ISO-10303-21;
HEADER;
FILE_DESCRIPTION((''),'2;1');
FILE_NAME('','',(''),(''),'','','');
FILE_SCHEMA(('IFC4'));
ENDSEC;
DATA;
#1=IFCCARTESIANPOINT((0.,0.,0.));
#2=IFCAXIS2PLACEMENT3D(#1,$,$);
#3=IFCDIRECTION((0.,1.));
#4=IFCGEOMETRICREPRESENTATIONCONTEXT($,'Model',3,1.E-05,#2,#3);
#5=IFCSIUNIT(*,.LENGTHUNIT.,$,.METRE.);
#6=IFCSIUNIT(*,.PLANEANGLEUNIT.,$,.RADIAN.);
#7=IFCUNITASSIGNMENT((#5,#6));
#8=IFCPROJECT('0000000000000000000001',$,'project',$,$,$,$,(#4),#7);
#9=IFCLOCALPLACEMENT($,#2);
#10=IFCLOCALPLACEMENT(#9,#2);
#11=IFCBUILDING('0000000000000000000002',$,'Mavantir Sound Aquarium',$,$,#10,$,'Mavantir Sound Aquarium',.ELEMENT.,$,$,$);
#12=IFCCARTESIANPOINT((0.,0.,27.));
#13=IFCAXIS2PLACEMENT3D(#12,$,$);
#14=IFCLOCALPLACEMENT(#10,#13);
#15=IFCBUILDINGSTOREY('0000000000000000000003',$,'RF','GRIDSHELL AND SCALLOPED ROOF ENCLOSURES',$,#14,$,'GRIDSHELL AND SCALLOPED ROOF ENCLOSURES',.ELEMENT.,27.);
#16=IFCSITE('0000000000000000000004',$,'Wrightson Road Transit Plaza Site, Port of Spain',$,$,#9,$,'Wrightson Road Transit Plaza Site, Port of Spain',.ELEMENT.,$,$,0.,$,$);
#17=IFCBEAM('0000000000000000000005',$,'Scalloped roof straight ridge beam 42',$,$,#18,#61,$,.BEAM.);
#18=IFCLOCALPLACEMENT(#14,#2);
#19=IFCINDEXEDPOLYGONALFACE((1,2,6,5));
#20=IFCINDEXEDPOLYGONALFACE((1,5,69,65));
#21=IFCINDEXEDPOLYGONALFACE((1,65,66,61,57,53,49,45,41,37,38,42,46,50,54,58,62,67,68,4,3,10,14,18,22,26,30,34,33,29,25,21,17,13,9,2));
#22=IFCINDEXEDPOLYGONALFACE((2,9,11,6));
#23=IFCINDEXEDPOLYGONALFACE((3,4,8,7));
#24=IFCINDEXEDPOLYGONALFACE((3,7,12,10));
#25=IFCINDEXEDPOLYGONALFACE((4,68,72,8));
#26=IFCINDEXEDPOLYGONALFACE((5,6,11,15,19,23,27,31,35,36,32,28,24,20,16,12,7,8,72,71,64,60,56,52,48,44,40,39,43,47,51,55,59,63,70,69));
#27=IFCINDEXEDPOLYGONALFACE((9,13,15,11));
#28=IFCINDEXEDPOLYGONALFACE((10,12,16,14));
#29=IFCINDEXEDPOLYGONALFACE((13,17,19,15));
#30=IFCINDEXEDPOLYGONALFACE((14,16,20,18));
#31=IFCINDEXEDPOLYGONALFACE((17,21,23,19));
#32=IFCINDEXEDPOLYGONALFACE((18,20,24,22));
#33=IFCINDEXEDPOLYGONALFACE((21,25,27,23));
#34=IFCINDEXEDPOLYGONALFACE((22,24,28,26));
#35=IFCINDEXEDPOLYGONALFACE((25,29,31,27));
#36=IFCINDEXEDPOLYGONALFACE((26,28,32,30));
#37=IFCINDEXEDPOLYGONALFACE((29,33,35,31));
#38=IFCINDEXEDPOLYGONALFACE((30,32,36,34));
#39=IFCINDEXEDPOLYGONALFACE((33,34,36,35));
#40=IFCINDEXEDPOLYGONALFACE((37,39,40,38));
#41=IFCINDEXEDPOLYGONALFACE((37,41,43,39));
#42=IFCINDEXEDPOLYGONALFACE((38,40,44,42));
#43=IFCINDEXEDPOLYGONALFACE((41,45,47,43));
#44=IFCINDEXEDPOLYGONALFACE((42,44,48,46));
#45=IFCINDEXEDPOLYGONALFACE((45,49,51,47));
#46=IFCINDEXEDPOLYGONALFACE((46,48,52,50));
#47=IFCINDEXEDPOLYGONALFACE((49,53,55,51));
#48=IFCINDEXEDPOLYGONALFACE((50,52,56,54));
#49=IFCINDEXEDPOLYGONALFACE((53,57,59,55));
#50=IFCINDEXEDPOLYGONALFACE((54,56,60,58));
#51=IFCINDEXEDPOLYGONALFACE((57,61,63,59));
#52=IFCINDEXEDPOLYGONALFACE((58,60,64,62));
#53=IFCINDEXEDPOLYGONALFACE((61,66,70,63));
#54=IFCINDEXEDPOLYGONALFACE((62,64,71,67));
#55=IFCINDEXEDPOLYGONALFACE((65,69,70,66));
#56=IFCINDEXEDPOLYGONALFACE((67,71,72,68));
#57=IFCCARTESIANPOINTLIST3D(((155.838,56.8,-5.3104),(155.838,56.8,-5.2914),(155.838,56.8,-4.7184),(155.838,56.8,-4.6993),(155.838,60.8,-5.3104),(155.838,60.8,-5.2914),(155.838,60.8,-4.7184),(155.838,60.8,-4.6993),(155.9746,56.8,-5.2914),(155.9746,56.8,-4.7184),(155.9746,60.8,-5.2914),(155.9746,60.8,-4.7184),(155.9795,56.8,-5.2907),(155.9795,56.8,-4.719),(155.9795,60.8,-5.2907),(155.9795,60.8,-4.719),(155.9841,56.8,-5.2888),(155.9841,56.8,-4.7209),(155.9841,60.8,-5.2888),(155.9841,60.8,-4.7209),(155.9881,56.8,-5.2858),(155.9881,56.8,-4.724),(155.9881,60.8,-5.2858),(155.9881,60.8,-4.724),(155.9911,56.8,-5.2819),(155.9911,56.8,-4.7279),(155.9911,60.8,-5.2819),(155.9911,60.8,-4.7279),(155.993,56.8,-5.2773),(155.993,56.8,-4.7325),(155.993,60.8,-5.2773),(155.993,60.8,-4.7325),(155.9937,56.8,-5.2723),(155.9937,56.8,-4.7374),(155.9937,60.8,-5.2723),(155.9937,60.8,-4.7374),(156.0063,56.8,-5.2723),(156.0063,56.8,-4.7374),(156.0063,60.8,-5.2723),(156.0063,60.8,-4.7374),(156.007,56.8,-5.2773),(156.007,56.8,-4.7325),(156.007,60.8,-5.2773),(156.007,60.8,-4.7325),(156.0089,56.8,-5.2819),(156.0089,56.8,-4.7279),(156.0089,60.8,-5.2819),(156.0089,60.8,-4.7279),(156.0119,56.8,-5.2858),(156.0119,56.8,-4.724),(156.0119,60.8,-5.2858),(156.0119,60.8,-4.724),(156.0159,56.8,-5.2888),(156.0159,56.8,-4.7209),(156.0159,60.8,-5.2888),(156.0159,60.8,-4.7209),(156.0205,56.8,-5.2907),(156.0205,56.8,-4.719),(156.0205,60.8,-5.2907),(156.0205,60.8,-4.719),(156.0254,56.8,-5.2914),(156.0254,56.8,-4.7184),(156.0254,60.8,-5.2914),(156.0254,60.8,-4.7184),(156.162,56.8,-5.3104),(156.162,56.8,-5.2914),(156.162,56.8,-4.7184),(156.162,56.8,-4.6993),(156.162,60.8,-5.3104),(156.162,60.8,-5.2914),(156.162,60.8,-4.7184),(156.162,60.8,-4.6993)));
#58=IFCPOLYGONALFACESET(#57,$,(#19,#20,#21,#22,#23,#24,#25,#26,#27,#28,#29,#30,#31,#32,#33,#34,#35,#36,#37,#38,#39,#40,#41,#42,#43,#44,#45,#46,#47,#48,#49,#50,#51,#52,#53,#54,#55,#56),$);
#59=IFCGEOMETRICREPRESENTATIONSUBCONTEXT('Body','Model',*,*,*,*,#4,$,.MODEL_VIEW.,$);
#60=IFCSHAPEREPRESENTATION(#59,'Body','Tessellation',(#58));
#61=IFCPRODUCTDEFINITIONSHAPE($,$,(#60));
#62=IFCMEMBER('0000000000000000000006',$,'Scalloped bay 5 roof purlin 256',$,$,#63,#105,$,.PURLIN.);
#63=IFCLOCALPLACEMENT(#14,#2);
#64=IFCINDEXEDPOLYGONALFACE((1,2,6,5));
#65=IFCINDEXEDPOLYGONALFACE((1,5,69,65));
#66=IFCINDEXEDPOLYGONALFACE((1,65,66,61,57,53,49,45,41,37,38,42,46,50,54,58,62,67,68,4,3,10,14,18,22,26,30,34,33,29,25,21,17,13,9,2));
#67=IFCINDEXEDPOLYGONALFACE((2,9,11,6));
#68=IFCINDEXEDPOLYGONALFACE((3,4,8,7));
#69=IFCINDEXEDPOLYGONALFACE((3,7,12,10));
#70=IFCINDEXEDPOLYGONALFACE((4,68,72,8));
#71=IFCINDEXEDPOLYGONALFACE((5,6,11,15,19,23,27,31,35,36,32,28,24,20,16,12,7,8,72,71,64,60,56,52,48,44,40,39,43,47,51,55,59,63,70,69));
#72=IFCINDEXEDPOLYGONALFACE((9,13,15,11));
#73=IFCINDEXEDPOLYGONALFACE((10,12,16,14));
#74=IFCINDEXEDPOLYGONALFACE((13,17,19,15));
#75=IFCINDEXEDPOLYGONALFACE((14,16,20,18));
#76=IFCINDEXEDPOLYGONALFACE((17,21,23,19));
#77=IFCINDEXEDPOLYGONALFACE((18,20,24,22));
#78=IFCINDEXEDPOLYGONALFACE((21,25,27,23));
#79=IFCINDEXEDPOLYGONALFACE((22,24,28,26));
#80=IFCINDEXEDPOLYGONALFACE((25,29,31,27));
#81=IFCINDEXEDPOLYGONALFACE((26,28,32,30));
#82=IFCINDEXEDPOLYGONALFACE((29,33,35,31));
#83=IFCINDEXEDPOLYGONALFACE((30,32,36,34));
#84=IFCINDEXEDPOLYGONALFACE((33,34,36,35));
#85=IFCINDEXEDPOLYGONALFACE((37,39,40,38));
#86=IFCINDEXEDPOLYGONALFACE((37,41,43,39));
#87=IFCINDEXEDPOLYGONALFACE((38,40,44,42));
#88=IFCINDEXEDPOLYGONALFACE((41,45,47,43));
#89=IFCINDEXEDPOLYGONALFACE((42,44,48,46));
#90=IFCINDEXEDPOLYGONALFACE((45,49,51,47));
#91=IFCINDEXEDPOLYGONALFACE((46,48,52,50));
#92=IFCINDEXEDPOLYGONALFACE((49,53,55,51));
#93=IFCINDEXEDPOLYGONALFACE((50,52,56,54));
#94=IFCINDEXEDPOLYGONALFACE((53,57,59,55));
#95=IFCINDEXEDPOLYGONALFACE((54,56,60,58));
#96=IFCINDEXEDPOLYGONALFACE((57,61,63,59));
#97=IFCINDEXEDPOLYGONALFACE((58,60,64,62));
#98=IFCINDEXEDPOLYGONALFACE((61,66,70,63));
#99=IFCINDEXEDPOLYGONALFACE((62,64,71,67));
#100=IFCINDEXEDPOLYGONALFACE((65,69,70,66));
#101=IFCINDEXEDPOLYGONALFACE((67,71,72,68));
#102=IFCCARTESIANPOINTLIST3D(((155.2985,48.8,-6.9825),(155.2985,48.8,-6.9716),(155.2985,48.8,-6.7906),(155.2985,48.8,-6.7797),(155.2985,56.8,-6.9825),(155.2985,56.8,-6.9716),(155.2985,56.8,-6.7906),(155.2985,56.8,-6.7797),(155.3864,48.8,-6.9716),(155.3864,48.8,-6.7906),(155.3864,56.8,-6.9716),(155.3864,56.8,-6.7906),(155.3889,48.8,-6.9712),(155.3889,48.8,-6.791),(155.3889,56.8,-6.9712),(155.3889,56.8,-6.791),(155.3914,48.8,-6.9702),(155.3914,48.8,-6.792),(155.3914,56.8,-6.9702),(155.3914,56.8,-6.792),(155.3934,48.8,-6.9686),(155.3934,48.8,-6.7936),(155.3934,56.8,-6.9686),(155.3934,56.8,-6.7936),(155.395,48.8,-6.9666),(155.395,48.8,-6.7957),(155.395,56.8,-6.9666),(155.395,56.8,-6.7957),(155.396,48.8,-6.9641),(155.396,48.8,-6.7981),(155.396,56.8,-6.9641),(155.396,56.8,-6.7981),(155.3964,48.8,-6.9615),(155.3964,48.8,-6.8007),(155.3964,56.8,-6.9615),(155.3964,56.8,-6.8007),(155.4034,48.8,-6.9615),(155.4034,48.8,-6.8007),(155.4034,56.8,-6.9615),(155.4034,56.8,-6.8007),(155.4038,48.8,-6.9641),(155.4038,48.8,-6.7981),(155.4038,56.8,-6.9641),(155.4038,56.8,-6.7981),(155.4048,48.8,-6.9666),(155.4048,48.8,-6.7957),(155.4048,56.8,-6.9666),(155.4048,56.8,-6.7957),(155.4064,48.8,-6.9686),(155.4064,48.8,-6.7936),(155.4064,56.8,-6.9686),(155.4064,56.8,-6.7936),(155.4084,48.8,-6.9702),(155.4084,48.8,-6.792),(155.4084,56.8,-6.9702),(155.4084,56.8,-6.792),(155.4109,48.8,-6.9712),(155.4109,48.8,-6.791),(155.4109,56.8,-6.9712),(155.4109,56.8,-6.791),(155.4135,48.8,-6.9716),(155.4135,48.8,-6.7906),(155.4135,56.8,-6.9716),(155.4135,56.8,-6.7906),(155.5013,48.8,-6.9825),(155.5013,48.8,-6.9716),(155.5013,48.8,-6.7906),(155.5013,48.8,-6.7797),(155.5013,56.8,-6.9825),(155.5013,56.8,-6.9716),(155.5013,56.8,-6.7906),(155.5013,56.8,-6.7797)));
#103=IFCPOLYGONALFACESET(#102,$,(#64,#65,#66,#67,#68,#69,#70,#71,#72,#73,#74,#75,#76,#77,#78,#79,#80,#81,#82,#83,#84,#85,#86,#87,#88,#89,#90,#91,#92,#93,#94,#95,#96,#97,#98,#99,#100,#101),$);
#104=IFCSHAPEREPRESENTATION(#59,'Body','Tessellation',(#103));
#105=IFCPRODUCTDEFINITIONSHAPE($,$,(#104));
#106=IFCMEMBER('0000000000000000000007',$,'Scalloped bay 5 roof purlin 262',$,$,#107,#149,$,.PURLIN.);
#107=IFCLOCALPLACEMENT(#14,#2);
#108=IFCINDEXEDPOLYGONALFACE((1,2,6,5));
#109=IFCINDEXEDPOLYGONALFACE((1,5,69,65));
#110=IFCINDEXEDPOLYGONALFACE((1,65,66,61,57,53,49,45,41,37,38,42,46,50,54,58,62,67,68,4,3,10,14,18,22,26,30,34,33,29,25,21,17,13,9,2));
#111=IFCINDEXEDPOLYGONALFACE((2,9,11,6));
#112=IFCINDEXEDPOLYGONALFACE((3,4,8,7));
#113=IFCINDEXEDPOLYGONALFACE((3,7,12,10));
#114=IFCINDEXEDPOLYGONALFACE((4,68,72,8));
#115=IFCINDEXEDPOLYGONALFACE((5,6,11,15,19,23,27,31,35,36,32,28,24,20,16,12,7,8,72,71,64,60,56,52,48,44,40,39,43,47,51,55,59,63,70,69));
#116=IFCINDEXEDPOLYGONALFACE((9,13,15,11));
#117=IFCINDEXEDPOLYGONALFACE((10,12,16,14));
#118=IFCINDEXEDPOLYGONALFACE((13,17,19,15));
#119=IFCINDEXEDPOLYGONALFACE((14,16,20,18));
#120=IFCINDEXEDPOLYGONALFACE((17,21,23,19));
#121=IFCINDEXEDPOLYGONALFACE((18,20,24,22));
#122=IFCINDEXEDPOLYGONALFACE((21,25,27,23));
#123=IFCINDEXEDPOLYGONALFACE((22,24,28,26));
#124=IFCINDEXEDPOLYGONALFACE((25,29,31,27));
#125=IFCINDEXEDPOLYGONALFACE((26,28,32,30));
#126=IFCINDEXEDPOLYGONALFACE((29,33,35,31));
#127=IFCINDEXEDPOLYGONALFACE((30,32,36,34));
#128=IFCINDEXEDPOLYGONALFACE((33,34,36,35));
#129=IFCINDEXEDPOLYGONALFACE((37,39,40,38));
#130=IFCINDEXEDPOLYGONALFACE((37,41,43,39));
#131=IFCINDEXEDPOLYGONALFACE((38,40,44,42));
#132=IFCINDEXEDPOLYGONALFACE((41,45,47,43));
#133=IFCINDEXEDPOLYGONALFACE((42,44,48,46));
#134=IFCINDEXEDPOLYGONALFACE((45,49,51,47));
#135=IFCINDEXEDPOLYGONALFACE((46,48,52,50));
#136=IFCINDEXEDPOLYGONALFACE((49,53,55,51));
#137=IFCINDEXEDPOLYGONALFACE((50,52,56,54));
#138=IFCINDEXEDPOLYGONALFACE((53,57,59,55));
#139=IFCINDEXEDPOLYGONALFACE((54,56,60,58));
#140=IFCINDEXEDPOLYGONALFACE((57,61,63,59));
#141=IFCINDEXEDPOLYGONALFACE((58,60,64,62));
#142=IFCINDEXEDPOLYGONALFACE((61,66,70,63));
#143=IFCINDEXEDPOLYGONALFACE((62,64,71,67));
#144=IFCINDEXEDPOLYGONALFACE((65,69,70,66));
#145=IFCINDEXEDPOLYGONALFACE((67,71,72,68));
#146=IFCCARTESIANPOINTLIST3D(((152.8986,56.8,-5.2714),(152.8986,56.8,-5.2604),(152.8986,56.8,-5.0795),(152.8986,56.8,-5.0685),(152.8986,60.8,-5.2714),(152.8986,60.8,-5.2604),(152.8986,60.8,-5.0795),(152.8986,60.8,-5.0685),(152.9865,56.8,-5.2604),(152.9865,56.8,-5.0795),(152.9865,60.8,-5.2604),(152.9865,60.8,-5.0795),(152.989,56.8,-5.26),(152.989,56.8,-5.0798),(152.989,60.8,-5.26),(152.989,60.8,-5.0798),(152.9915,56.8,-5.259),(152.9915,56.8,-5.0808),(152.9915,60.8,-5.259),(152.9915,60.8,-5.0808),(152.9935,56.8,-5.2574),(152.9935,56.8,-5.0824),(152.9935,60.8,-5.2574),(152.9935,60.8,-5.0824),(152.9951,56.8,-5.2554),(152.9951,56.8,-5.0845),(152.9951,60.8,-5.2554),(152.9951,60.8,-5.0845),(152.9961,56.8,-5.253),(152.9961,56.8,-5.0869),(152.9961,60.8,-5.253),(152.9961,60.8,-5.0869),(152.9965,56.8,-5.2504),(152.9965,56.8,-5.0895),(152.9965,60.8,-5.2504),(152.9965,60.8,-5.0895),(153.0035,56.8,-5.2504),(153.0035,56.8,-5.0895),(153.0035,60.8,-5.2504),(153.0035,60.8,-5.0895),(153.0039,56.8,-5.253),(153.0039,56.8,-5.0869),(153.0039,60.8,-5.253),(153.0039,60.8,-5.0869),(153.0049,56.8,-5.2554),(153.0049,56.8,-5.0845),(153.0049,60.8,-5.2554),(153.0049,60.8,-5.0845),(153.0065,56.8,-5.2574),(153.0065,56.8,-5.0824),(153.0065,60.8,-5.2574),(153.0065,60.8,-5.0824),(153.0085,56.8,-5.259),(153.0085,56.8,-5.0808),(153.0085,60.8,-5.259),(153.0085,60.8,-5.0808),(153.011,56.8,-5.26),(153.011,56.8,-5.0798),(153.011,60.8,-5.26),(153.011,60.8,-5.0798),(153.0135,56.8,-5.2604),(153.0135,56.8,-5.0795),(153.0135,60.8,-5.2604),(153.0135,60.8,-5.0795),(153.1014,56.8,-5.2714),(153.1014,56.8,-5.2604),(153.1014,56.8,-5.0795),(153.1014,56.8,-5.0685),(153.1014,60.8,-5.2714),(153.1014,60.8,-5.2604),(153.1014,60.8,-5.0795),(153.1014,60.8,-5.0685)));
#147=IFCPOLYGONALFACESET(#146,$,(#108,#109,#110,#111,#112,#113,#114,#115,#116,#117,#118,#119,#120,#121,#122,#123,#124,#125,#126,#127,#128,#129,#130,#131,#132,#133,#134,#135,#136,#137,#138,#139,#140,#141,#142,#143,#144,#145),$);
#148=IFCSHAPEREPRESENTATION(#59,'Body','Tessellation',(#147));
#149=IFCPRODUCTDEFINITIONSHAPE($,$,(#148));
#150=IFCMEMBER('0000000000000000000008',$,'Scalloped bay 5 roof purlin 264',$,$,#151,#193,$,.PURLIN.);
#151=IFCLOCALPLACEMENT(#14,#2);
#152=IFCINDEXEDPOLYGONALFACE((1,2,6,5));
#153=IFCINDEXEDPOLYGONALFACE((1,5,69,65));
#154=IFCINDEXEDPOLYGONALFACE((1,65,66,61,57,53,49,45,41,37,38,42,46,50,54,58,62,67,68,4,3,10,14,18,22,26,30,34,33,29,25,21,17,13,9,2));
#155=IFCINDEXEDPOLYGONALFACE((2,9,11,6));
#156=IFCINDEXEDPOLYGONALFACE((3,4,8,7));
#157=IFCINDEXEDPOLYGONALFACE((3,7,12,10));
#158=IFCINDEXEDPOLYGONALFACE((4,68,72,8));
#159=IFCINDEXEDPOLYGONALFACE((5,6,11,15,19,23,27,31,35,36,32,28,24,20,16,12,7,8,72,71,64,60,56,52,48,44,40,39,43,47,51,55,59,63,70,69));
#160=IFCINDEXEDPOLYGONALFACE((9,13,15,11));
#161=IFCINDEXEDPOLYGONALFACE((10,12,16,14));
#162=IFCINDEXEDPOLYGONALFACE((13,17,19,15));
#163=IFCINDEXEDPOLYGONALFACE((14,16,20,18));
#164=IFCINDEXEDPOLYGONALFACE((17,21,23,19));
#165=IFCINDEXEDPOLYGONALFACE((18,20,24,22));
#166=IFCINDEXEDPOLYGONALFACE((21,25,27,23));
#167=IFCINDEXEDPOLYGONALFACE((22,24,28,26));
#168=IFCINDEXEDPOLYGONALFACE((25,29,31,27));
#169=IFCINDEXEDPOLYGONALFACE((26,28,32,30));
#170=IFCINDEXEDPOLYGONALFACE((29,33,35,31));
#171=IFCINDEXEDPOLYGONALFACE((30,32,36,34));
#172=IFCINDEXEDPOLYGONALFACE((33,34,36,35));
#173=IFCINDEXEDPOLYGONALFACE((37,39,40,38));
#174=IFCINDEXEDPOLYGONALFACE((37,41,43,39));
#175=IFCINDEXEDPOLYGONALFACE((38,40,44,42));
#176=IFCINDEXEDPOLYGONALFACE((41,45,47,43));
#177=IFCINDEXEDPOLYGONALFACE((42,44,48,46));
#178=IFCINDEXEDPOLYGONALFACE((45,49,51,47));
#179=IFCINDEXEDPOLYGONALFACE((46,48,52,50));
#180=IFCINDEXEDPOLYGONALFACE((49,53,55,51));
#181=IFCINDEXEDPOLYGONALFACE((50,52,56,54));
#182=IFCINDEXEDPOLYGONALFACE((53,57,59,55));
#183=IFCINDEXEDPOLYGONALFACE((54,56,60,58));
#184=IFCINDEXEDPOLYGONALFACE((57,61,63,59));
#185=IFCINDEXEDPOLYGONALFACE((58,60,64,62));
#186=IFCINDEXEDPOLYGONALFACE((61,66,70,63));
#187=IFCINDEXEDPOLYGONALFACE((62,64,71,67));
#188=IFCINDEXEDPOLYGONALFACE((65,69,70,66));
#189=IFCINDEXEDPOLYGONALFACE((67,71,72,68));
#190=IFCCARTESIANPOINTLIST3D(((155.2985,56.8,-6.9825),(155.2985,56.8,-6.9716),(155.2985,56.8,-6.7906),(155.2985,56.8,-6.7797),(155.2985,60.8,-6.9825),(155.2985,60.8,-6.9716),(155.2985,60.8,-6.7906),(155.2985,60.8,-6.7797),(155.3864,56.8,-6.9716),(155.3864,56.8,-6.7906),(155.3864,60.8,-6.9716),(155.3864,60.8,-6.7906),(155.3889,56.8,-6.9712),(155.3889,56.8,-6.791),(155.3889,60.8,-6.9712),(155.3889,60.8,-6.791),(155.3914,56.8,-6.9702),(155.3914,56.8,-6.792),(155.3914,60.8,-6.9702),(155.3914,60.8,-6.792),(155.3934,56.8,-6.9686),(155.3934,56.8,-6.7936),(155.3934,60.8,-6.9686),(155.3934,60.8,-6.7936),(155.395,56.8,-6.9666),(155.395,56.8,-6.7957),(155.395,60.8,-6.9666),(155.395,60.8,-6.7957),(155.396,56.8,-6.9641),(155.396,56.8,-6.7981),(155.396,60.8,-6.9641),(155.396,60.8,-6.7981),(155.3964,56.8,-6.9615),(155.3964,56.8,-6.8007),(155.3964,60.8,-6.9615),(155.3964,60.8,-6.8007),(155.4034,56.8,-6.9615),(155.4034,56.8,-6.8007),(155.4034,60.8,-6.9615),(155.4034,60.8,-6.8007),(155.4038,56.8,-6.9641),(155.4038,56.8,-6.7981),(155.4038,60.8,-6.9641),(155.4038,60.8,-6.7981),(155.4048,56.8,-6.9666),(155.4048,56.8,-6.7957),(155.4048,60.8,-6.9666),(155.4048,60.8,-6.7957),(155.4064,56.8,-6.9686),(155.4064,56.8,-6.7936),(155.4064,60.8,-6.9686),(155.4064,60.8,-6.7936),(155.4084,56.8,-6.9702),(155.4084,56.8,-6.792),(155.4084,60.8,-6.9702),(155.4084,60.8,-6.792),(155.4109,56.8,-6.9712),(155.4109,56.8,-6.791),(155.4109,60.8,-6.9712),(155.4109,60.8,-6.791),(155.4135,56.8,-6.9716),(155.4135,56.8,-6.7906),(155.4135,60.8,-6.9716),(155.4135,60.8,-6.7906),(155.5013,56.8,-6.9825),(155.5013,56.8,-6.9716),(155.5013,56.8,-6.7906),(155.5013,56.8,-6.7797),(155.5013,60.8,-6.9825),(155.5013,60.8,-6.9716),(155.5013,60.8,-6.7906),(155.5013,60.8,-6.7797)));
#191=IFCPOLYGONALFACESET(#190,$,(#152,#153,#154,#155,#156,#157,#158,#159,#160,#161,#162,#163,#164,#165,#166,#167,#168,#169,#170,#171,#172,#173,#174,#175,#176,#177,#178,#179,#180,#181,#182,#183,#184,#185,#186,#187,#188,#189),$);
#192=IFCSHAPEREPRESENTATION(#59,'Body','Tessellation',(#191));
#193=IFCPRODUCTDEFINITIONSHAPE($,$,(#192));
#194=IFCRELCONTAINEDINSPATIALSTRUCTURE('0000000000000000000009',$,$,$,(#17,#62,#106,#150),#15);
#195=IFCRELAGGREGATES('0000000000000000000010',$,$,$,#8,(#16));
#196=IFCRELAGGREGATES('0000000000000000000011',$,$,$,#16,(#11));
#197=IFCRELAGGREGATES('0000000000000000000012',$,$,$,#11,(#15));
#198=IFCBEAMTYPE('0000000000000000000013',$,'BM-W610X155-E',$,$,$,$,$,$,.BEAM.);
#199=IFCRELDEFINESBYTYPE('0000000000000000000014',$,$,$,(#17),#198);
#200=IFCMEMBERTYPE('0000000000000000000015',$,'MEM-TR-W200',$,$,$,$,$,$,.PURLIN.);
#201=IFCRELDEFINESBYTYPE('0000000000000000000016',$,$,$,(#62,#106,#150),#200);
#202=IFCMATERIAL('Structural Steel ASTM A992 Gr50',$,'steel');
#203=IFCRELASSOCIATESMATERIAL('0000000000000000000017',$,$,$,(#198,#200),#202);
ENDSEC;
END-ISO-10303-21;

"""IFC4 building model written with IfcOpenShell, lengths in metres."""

from ifc_helpers import new_model, si_unit, direction, frame, origin, origin_2d, place, context, subcontext, project, spatial, i_section, extrude, material, material_profile, profile_set, type_object, element, save


model = new_model("IFC4")

# Units and contexts
model_context = context("Model", 3, precision=1e-05, world=origin(), true_north=direction((0.0, 1.0)))
body_context = subcontext(model_context, "Body", "Model", "MODEL_VIEW")
ifc_project = project(units=[si_unit("LENGTHUNIT", "METRE"), si_unit("PLANEANGLEUNIT", "RADIAN")], contexts=[model_context])

# Site, building, storey
site_placement = place(None, origin())
site = spatial("IfcSite", under=ifc_project, at=site_placement, Name="Wrightson Road Transit Plaza Site, Port of Spain", LongName="Wrightson Road Transit Plaza Site, Port of Spain", CompositionType="ELEMENT", RefElevation=0.0)
building_placement = place(site_placement, origin())
building = spatial("IfcBuilding", under=site, at=building_placement, Name="Mavantir Sound Aquarium", LongName="Mavantir Sound Aquarium", CompositionType="ELEMENT")
storey_placement = place(building_placement, frame((0.0, 0.0, 27.0)))
storey = spatial("IfcBuildingStorey", under=building, at=storey_placement, Name="RF", Description="GRIDSHELL AND SCALLOPED ROOF ENCLOSURES", LongName="GRIDSHELL AND SCALLOPED ROOF ENCLOSURES", CompositionType="ELEMENT", Elevation=27.0)

# Beam
ifc_material_1 = material(Name="Structural Steel ASTM A992 Gr50", Category="steel")
ifc_material_profile_1 = material_profile(ifc_material_1, i_section(OverallWidth=0.324, OverallDepth=0.6111, WebThickness=0.0127, FlangeThickness=0.019, FilletRadius=0.019, at=origin_2d()), Name="W610X155")
ifc_profile_set_1 = profile_set([ifc_material_profile_1], Name="Structural Steel ASTM A992 Gr50")
beam_type_1 = type_object("IfcBeamType", Name="BM-W610X155-E", PredefinedType="BEAM", material=ifc_profile_set_1)
beam_1_placement = place(storey_placement, frame((156.0, 56.8, -5.0049), z_axis=(0.0, 1.0, 0.0), x_axis=(-1.0, 0.0, 0.0)))
element("IfcBeam", 1, at=beam_1_placement, inside=storey, type_object=beam_type_1, Name="Scalloped roof straight ridge beam 42", PredefinedType="BEAM", context=body_context, shape_type="SweptSolid", body=[
    extrude(i_section(OverallWidth=0.324, OverallDepth=0.6111, WebThickness=0.0127, FlangeThickness=0.019, FilletRadius=0.019, at=origin_2d()), origin(), (0.0, 0.0, 1.0), 4.0),
])

# Members
ifc_material_profile_2 = material_profile(ifc_material_1, i_section(OverallWidth=0.2029, OverallDepth=0.2029, WebThickness=0.0071, FlangeThickness=0.011, FilletRadius=0.01, at=origin_2d()), Name="W200X46")
ifc_profile_set_2 = profile_set([ifc_material_profile_2], Name="Structural Steel ASTM A992 Gr50")
member_type_1 = type_object("IfcMemberType", Name="MEM-TR-W200", PredefinedType="PURLIN", material=ifc_profile_set_2)
member_1_placement = place(storey_placement, frame((155.3999, 48.8, -6.8811), z_axis=(0.0, 1.0, 0.0), x_axis=(-1.0, 0.0, 0.0)))
element("IfcMember", 2, at=member_1_placement, inside=storey, type_object=member_type_1, Name="Scalloped bay 5 roof purlin 256", PredefinedType="PURLIN", context=body_context, shape_type="SweptSolid", body=[
    extrude(i_section(OverallWidth=0.2029, OverallDepth=0.2029, WebThickness=0.0071, FlangeThickness=0.011, FilletRadius=0.01, at=origin_2d()), origin(), (0.0, 0.0, 1.0), 8.0),
])
for number, where, z_axis, x_axis, name in (
    (3, (153.0, 56.8, -5.1699), (0.0, 1.0, 0.0), (-1.0, 0.0, 0.0), "Scalloped bay 5 roof purlin 262"),
    (4, (155.3999, 56.8, -6.8811), (0.0, 1.0, 0.0), (-1.0, 0.0, 0.0), "Scalloped bay 5 roof purlin 264"),
):
    element("IfcMember", number, at=place(storey_placement, frame(where, z_axis=z_axis, x_axis=x_axis)), inside=storey, type_object=member_type_1, Name=name, PredefinedType="PURLIN", context=body_context, shape_type="SweptSolid", body=[
        extrude(i_section(OverallWidth=0.2029, OverallDepth=0.2029, WebThickness=0.0071, FlangeThickness=0.011, FilletRadius=0.01, at=origin_2d()), origin(), (0.0, 0.0, 1.0), 4.0),
    ])

save(model, "model.ifc")
